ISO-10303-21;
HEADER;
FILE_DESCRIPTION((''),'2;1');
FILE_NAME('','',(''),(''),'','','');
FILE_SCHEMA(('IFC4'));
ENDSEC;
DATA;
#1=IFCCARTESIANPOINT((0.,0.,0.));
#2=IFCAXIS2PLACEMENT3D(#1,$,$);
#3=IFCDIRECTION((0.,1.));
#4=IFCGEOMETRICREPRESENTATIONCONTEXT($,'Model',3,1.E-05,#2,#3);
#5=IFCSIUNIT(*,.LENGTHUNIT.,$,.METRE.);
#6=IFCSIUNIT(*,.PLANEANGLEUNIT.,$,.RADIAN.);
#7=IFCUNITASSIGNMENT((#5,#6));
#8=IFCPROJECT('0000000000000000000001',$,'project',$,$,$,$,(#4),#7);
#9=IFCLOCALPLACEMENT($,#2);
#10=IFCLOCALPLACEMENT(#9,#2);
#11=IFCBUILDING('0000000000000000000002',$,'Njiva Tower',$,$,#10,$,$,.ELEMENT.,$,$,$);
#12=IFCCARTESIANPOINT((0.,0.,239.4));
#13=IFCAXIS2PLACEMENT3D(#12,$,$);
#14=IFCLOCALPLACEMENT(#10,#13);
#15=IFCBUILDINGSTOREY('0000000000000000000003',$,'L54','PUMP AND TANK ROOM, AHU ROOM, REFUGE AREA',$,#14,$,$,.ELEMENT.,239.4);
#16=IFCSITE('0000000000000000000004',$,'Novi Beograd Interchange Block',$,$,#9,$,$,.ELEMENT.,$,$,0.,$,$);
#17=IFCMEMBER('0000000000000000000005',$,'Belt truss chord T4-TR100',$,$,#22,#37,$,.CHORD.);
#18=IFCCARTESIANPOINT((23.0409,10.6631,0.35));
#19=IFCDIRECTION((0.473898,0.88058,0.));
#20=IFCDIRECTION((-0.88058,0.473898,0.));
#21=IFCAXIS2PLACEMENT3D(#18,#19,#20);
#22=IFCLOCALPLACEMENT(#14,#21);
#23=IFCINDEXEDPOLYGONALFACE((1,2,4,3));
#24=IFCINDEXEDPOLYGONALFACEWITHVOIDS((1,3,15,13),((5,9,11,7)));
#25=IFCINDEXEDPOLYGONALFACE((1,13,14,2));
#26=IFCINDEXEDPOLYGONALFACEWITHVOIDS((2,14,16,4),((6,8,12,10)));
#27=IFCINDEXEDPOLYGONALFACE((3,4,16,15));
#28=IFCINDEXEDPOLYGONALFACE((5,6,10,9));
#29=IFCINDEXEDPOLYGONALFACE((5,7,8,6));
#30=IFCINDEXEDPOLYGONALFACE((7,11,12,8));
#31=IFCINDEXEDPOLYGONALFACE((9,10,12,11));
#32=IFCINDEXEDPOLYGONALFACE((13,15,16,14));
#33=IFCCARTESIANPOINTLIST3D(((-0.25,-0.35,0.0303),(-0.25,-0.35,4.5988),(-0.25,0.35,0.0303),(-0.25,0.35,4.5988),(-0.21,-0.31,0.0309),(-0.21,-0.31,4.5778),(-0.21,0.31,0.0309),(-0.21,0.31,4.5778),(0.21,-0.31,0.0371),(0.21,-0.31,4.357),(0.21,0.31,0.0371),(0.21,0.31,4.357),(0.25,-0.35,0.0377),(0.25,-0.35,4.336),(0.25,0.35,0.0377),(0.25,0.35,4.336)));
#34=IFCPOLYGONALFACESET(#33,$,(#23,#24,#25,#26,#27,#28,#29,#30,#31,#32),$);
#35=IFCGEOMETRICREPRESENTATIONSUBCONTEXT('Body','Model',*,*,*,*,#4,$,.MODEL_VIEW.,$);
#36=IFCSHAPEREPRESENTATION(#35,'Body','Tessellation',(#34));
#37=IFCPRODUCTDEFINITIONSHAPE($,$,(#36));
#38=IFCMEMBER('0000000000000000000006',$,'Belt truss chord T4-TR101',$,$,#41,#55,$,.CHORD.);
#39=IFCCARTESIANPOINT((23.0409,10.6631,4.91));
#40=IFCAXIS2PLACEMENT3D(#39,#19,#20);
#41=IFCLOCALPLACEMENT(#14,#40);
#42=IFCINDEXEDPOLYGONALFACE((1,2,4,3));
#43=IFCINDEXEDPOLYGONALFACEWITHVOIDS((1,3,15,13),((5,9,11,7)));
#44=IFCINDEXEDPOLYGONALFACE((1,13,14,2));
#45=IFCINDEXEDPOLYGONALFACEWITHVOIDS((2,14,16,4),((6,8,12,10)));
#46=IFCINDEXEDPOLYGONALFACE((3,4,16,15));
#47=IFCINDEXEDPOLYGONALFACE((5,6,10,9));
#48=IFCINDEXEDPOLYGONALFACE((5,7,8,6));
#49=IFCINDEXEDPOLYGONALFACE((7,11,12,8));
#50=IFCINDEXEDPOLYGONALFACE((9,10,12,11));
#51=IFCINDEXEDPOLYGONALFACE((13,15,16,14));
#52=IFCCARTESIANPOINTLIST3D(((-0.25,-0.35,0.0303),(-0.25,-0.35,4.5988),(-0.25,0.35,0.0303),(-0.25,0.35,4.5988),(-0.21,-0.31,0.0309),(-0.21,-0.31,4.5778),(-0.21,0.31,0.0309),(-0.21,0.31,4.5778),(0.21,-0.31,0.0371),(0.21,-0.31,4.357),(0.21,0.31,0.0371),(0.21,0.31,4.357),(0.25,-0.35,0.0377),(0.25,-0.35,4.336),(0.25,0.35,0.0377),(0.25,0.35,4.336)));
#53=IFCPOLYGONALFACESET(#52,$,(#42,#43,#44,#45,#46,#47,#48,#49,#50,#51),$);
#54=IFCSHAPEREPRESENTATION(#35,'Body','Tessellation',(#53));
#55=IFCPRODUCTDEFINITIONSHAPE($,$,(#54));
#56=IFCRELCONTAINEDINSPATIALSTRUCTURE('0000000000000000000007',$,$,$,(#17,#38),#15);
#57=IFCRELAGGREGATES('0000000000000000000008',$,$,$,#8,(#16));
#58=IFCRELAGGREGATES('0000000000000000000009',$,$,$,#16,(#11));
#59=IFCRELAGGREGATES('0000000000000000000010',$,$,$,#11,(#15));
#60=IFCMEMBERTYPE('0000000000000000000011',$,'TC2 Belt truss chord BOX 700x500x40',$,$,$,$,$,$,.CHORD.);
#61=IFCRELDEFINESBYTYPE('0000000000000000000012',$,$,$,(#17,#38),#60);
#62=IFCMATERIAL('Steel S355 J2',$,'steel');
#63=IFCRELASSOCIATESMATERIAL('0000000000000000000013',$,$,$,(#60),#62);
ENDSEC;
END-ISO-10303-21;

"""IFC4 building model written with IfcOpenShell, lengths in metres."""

from ifc_helpers import new_model, si_unit, direction, frame, origin, origin_2d, place, context, subcontext, project, spatial, hollow_rectangle, extrude, clip, halfspace, material, material_profile, profile_set, type_object, element, save


model = new_model("IFC4")

# Units and contexts
model_context = context("Model", 3, precision=1e-05, world=origin(), true_north=direction((0.0, 1.0)))
body_context = subcontext(model_context, "Body", "Model", "MODEL_VIEW")
ifc_project = project(units=[si_unit("LENGTHUNIT", "METRE"), si_unit("PLANEANGLEUNIT", "RADIAN")], contexts=[model_context])

# Site, building, storey
site_placement = place(None, origin())
site = spatial("IfcSite", under=ifc_project, at=site_placement, Name="Novi Beograd Interchange Block", CompositionType="ELEMENT", RefElevation=0.0)
building_placement = place(site_placement, origin())
building = spatial("IfcBuilding", under=site, at=building_placement, Name="Njiva Tower", CompositionType="ELEMENT")
storey_placement = place(building_placement, frame((0.0, 0.0, 239.4)))
storey = spatial("IfcBuildingStorey", under=building, at=storey_placement, Name="L54", Description="PUMP AND TANK ROOM, AHU ROOM, REFUGE AREA", CompositionType="ELEMENT", Elevation=239.4)

# Shared definitions
ifc_material_1 = material(Name="Steel S355 J2", Category="steel")

# Members
ifc_material_profile_1 = material_profile(ifc_material_1, hollow_rectangle(XDim=0.5, YDim=0.7, WallThickness=0.04, at=origin_2d()), Name="BOX 700x500x40")
ifc_profile_set_1 = profile_set([ifc_material_profile_1], Name="Steel S355 J2")
member_type_1 = type_object("IfcMemberType", Name="TC2 Belt truss chord BOX 700x500x40", PredefinedType="CHORD", material=ifc_profile_set_1)
member_1_placement = place(storey_placement, frame((23.0409, 10.6631, 0.35), z_axis=(0.473898, 0.88058, 0.0), x_axis=(-0.88058, 0.473898, 0.0)))
element("IfcMember", 1, at=member_1_placement, inside=storey, type_object=member_type_1, Name="Belt truss chord T4-TR100", PredefinedType="CHORD", context=body_context, shape_type="Clipping", body=[
    clip(clip(extrude(hollow_rectangle(XDim=0.5, YDim=0.7, WallThickness=0.04, at=origin_2d()), origin(), (0.0, 0.0, 1.0), 4.6284), halfspace(frame((0.0, -239.75, 0.034), z_axis=(0.014846, 0.0, -0.99989), x_axis=(0.0, -1.0, 0.0)), False)), halfspace(frame((0.0, -239.75, 4.4674), z_axis=(0.465378, 0.0, 0.885112), x_axis=(0.0, 1.0, 0.0)), False)),
])
member_2_placement = place(storey_placement, frame((23.0409, 10.6631, 4.91), z_axis=(0.473898, 0.88058, 0.0), x_axis=(-0.88058, 0.473898, 0.0)))
element("IfcMember", 2, at=member_2_placement, inside=storey, type_object=member_type_1, Name="Belt truss chord T4-TR101", PredefinedType="CHORD", context=body_context, shape_type="Clipping", body=[
    clip(clip(extrude(hollow_rectangle(XDim=0.5, YDim=0.7, WallThickness=0.04, at=origin_2d()), origin(), (0.0, 0.0, 1.0), 4.6284), halfspace(frame((0.0, -244.31, 0.034), z_axis=(0.014846, 0.0, -0.99989), x_axis=(0.0, -1.0, 0.0)), False)), halfspace(frame((0.0, -244.31, 4.4674), z_axis=(0.465378, 0.0, 0.885112), x_axis=(0.0, 1.0, 0.0)), False)),
])

save(model, "model.ifc")
